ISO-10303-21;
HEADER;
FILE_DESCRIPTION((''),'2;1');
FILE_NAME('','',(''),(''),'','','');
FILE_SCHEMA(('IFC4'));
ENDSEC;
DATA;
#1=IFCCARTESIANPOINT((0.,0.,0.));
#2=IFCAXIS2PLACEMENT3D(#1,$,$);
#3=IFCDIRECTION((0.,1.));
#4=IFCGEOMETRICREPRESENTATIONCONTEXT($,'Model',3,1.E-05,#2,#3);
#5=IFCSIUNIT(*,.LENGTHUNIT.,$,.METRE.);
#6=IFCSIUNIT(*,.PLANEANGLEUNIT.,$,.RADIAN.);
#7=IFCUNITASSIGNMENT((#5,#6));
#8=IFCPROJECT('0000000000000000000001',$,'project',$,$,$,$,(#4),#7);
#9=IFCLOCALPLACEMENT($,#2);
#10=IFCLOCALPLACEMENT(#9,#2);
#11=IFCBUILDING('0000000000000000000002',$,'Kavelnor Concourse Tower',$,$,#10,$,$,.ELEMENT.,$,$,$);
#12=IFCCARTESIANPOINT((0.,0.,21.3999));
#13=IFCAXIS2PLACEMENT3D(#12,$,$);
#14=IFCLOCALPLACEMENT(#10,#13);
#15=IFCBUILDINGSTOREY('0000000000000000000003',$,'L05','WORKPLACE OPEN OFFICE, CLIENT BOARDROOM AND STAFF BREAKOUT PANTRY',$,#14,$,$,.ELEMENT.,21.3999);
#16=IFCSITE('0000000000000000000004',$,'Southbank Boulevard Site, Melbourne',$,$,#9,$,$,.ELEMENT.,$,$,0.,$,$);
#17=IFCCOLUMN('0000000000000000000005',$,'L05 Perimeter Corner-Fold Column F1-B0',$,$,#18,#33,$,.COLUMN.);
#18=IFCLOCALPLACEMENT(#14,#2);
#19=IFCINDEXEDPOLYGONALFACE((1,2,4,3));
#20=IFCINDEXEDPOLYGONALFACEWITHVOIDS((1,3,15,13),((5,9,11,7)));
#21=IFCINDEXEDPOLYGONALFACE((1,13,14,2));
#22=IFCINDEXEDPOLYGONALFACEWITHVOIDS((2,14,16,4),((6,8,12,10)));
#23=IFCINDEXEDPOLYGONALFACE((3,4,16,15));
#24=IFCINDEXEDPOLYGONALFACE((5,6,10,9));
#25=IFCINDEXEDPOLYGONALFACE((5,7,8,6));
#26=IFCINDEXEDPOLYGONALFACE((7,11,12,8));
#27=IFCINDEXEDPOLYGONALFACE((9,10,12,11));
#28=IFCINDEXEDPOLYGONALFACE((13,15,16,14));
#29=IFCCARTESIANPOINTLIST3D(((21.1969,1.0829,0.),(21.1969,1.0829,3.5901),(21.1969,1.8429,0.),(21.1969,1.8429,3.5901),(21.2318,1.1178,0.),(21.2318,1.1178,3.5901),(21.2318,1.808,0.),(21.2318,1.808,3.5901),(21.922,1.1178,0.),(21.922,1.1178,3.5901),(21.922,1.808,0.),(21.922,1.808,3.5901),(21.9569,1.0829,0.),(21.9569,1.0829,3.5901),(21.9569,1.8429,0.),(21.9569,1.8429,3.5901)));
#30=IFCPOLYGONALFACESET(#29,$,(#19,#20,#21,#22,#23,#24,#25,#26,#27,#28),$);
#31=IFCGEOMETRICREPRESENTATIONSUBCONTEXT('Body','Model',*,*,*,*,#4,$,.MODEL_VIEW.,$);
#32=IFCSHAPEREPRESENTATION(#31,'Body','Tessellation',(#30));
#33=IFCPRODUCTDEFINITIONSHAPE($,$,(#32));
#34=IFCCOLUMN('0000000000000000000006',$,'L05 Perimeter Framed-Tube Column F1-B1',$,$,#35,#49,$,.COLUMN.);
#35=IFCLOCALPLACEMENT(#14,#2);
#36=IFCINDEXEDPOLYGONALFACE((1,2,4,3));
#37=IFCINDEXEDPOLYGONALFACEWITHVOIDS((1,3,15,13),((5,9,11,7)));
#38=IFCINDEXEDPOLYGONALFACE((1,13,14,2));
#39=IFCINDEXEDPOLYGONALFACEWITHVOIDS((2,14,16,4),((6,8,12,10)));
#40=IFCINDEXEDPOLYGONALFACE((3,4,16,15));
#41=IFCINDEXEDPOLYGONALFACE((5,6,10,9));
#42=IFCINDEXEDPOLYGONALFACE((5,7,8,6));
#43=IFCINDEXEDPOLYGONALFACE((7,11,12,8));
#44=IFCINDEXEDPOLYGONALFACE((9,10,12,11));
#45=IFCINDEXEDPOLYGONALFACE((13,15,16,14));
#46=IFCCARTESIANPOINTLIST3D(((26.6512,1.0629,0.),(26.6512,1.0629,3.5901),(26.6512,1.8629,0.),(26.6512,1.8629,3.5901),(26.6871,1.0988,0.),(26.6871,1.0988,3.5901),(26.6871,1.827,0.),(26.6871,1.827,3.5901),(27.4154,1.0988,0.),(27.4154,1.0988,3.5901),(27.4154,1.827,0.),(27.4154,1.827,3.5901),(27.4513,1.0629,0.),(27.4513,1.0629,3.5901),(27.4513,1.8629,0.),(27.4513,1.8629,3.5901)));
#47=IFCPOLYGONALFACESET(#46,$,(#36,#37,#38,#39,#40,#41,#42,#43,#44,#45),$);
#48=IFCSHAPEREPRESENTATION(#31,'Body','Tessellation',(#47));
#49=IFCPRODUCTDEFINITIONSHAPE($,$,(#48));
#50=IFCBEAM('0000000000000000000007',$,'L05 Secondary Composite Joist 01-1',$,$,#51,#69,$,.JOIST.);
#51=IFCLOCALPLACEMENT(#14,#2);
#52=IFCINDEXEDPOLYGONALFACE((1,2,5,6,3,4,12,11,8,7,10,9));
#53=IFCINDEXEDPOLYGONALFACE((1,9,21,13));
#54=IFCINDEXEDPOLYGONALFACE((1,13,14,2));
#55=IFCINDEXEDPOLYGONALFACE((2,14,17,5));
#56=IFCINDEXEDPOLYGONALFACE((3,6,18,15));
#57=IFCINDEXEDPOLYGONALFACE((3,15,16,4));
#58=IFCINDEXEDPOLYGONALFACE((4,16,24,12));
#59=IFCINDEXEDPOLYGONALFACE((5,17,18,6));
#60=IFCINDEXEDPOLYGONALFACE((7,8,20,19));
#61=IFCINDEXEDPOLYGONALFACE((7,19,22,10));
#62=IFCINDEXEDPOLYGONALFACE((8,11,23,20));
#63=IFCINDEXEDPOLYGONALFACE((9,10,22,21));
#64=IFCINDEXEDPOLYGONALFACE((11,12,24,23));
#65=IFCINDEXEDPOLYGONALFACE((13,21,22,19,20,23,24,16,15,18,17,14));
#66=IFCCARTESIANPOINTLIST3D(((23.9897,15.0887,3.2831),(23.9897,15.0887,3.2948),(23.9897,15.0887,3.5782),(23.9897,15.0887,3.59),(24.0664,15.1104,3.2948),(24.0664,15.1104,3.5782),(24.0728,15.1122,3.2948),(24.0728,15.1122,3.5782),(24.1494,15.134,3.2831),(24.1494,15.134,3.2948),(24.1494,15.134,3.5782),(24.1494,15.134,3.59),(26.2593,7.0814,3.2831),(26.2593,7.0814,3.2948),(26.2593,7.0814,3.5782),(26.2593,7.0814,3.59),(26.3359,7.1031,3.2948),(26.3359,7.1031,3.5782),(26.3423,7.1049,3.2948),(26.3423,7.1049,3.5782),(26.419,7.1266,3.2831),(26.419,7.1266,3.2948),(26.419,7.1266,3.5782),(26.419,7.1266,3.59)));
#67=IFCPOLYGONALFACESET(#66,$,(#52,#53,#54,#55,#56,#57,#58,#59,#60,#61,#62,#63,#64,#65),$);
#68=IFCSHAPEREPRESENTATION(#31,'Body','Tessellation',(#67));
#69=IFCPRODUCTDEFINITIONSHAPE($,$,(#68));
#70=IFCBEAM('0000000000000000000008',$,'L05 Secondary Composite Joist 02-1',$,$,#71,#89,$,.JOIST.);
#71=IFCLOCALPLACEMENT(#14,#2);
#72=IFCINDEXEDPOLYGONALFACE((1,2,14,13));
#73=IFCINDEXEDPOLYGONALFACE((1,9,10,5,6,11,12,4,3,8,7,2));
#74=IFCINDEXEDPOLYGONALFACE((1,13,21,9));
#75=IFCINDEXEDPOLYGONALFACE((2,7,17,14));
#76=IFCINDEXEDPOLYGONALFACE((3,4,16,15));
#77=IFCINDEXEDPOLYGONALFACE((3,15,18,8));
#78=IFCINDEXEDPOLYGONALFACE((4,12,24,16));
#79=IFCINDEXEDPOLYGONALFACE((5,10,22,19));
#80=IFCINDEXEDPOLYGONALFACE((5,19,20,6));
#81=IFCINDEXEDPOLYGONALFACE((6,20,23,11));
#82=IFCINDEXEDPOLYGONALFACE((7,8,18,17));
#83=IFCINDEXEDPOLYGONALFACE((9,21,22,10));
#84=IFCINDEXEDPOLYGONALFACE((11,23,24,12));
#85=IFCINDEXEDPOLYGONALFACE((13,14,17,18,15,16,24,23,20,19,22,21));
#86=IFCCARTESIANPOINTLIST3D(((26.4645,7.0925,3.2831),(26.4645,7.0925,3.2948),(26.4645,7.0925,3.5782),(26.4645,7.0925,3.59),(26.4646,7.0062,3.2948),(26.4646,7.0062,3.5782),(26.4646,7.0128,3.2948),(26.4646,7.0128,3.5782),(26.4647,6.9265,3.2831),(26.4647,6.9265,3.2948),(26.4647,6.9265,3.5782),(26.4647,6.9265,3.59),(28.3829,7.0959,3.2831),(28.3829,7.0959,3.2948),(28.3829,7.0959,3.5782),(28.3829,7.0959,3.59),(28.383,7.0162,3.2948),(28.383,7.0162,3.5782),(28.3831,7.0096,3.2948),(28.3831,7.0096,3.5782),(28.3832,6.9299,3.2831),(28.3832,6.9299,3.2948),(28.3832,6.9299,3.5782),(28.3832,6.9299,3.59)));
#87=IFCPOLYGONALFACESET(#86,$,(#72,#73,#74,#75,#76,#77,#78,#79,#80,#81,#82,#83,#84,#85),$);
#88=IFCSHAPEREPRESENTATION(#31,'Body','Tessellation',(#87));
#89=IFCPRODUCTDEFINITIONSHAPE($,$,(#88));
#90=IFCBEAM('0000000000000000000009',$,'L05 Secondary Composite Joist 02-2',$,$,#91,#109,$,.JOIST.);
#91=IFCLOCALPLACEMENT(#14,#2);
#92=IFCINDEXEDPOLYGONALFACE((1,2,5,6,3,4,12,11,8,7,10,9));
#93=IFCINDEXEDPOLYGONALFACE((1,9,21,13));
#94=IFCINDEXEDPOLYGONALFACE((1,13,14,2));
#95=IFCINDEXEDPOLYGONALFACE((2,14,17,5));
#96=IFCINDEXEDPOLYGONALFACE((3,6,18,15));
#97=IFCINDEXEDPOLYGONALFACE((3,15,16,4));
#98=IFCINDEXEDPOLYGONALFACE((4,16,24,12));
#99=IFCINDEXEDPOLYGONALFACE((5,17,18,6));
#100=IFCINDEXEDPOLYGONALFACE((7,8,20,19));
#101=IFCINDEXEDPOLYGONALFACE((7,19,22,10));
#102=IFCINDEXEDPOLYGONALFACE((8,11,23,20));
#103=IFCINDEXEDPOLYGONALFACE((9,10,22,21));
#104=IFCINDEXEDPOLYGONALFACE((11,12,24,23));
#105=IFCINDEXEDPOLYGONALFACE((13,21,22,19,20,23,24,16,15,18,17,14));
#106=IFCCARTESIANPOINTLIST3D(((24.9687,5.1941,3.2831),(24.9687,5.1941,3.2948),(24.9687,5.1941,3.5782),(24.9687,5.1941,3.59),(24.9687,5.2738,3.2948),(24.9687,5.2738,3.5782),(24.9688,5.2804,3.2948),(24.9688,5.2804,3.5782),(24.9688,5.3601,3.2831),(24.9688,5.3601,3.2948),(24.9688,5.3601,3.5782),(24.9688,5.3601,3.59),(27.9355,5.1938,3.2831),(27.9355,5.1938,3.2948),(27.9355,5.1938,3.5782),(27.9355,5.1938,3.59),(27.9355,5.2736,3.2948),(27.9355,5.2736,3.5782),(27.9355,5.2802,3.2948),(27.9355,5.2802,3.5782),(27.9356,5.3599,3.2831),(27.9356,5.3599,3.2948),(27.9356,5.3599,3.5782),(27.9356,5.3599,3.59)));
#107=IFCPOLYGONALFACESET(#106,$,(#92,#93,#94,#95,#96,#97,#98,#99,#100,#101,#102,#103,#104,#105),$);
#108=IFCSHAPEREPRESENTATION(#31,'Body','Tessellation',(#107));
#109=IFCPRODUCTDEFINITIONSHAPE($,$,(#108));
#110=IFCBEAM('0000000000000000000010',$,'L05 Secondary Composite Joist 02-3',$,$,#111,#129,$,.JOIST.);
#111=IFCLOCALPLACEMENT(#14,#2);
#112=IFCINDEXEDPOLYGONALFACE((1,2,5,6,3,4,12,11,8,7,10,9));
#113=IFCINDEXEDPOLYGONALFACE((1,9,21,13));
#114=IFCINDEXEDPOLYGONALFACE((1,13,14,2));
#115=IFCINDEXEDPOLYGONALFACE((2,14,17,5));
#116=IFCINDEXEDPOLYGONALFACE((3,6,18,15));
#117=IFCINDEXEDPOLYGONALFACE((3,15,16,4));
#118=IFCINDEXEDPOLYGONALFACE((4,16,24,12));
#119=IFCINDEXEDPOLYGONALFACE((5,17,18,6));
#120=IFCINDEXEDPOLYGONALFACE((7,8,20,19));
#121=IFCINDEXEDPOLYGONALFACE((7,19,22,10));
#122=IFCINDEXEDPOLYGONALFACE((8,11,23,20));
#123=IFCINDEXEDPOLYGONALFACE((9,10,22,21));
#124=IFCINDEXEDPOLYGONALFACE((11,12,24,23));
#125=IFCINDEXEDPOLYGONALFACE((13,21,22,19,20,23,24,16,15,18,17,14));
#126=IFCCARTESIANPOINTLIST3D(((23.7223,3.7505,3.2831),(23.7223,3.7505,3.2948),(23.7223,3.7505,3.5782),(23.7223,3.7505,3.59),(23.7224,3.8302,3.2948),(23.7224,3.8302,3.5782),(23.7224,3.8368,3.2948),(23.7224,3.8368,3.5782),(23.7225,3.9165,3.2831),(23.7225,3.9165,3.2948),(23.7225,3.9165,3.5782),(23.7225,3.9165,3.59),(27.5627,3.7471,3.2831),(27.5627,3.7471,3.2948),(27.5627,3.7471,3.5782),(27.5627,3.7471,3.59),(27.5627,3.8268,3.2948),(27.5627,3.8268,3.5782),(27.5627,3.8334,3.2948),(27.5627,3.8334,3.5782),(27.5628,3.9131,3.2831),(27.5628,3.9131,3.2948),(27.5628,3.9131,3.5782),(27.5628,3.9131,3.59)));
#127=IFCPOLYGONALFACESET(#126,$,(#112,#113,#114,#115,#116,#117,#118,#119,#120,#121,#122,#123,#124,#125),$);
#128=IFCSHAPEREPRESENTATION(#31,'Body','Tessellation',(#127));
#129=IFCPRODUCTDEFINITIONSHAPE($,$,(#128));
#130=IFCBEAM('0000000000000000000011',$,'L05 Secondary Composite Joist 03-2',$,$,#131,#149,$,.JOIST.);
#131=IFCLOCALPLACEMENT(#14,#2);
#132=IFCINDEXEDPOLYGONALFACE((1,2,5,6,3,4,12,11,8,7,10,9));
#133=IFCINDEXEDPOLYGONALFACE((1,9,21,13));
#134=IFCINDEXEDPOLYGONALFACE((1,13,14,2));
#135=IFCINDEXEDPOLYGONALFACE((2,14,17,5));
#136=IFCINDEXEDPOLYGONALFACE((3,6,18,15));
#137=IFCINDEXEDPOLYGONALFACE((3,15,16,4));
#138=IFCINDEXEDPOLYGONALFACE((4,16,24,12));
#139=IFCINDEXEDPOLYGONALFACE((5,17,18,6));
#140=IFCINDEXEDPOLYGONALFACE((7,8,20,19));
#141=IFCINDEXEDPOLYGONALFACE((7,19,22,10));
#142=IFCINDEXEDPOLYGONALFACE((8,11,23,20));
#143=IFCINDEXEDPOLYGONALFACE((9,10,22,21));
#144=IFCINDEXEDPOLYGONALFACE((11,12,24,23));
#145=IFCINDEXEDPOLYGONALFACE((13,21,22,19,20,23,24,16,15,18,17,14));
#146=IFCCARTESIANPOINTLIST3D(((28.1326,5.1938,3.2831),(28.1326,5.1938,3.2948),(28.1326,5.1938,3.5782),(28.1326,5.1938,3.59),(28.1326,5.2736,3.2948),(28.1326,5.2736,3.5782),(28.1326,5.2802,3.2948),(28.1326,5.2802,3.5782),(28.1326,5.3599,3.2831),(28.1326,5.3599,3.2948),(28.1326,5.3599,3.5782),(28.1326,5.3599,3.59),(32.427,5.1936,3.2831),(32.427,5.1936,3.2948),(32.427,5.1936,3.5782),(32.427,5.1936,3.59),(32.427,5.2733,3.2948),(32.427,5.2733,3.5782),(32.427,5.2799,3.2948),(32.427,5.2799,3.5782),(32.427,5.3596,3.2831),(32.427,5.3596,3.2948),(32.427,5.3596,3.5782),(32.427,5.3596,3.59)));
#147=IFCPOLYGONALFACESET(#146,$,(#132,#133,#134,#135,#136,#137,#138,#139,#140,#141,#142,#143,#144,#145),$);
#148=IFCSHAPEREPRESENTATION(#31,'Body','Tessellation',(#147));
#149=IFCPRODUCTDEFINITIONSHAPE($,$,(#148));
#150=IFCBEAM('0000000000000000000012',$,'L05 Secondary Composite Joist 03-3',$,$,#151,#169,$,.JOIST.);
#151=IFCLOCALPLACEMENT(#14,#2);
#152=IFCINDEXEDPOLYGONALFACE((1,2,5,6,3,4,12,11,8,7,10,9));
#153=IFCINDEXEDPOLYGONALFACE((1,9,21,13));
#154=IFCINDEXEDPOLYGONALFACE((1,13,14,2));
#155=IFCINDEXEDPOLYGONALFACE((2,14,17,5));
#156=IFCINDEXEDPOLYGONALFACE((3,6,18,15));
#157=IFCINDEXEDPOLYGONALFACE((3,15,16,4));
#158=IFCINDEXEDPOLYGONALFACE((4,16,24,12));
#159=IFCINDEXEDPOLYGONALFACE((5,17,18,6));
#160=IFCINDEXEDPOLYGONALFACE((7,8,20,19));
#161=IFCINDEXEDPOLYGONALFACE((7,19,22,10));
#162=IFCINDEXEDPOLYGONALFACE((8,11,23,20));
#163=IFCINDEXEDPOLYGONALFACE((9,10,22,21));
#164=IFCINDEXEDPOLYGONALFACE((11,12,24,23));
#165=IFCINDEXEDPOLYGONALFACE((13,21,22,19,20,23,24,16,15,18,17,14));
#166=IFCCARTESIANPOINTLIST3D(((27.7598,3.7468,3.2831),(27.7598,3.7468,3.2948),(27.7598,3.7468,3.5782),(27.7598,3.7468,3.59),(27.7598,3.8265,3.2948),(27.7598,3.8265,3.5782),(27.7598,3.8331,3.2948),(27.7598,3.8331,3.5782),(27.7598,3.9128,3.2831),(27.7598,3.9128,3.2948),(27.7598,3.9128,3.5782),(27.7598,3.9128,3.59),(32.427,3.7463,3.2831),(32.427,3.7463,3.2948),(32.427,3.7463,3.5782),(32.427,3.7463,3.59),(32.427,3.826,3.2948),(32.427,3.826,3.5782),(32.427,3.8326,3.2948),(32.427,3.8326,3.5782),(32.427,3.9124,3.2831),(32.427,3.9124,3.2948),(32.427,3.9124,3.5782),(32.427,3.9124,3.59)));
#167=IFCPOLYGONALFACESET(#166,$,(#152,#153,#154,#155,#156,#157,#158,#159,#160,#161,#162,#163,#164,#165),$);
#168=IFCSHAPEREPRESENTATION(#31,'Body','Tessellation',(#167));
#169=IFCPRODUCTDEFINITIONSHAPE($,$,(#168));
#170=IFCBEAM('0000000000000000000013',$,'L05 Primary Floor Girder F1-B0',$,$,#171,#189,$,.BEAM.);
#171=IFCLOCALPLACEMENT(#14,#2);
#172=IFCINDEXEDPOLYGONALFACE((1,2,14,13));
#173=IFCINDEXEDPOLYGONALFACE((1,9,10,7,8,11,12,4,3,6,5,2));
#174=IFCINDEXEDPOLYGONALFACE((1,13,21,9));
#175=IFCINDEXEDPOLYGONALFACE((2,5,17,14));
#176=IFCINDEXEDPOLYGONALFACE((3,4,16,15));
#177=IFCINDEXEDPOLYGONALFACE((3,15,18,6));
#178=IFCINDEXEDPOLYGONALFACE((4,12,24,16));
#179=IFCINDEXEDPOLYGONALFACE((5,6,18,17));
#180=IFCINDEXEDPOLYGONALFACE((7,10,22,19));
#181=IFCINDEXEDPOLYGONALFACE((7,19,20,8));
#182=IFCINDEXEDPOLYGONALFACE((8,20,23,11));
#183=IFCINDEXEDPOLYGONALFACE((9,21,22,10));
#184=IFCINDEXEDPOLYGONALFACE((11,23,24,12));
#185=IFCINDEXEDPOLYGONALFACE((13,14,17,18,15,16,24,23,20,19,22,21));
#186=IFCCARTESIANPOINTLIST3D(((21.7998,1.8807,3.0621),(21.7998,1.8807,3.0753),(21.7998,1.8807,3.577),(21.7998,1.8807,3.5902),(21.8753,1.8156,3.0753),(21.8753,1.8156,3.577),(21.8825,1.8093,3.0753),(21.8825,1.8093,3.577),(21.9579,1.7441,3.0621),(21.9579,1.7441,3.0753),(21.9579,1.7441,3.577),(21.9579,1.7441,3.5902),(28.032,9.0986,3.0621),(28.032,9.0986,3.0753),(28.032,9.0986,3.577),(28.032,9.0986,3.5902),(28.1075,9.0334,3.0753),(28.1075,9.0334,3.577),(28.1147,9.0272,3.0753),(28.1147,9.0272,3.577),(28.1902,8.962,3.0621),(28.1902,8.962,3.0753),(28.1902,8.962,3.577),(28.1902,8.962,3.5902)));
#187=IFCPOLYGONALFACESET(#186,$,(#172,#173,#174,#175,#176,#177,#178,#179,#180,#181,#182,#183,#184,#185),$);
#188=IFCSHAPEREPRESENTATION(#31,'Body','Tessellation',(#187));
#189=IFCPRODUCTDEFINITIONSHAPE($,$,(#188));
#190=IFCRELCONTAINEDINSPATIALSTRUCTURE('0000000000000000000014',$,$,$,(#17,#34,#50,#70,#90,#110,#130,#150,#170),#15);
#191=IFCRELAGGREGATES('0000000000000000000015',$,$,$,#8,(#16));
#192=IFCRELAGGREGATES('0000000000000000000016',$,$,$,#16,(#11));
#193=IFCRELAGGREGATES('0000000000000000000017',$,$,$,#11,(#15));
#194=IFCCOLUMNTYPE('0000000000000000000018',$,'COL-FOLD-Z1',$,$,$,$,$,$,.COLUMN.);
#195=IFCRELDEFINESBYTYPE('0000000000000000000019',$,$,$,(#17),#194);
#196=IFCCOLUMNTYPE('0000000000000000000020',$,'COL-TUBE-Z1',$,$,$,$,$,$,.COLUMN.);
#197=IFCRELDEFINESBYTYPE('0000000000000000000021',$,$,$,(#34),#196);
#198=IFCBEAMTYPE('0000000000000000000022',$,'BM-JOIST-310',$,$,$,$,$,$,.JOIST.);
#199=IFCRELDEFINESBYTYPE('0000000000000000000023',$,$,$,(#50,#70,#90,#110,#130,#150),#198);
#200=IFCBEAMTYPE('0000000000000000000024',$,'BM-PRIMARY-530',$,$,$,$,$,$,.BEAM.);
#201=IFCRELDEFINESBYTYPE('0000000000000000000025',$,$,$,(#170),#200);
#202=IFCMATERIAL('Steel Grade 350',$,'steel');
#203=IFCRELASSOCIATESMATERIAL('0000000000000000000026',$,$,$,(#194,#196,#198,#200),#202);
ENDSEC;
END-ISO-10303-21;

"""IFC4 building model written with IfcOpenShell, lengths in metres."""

from ifc_helpers import new_model, si_unit, direction, frame, origin, origin_2d, place, context, subcontext, project, spatial, hollow_rectangle, i_section, extrude, material, material_profile, profile_set, type_object, element, save


model = new_model("IFC4")

# Units and contexts
model_context = context("Model", 3, precision=1e-05, world=origin(), true_north=direction((0.0, 1.0)))
body_context = subcontext(model_context, "Body", "Model", "MODEL_VIEW")
ifc_project = project(units=[si_unit("LENGTHUNIT", "METRE"), si_unit("PLANEANGLEUNIT", "RADIAN")], contexts=[model_context])

# Site, building, storey
site_placement = place(None, origin())
site = spatial("IfcSite", under=ifc_project, at=site_placement, Name="Southbank Boulevard Site, Melbourne", CompositionType="ELEMENT", RefElevation=0.0)
building_placement = place(site_placement, origin())
building = spatial("IfcBuilding", under=site, at=building_placement, Name="Kavelnor Concourse Tower", CompositionType="ELEMENT")
storey_placement = place(building_placement, frame((0.0, 0.0, 21.3999)))
storey = spatial("IfcBuildingStorey", under=building, at=storey_placement, Name="L05", Description="WORKPLACE OPEN OFFICE, CLIENT BOARDROOM AND STAFF BREAKOUT PANTRY", CompositionType="ELEMENT", Elevation=21.3999)

# Columns
ifc_material_1 = material(Name="Steel Grade 350", Category="steel")
ifc_material_profile_1 = material_profile(ifc_material_1, hollow_rectangle(XDim=0.76, YDim=0.76, WallThickness=0.0349, at=origin_2d()), Name="SHS 760x760x35")
ifc_profile_set_1 = profile_set([ifc_material_profile_1], Name="Steel Grade 350")
column_type_1 = type_object("IfcColumnType", Name="COL-FOLD-Z1", PredefinedType="COLUMN", material=ifc_profile_set_1)
column_1_placement = place(storey_placement, frame((21.5769, 1.4629, 0.0), z_axis=(0.0, 0.0, 1.0), x_axis=(1.0, 0.0, 0.0)))
element("IfcColumn", 1, at=column_1_placement, inside=storey, type_object=column_type_1, Name="L05 Perimeter Corner-Fold Column F1-B0", PredefinedType="COLUMN", context=body_context, shape_type="SweptSolid", body=[
    extrude(hollow_rectangle(XDim=0.76, YDim=0.76, WallThickness=0.0349, at=origin_2d()), origin(), (0.0, 0.0, 1.0), 3.5901),
])
ifc_material_profile_2 = material_profile(ifc_material_1, hollow_rectangle(XDim=0.8, YDim=0.8, WallThickness=0.0359, at=origin_2d()), Name="SHS 800x800x36")
ifc_profile_set_2 = profile_set([ifc_material_profile_2], Name="Steel Grade 350")
column_type_2 = type_object("IfcColumnType", Name="COL-TUBE-Z1", PredefinedType="COLUMN", material=ifc_profile_set_2)
column_2_placement = place(storey_placement, frame((27.0513, 1.4629, 0.0), z_axis=(0.0, 0.0, 1.0), x_axis=(1.0, 0.0, 0.0)))
element("IfcColumn", 2, at=column_2_placement, inside=storey, type_object=column_type_2, Name="L05 Perimeter Framed-Tube Column F1-B1", PredefinedType="COLUMN", context=body_context, shape_type="SweptSolid", body=[
    extrude(hollow_rectangle(XDim=0.8, YDim=0.8, WallThickness=0.0359, at=origin_2d()), origin(), (0.0, 0.0, 1.0), 3.5901),
])

# Beams
ifc_material_profile_3 = material_profile(ifc_material_1, i_section(OverallWidth=0.166, OverallDepth=0.3069, WebThickness=0.0066, FlangeThickness=0.0117, at=origin_2d()), Name="310UB46")
ifc_profile_set_3 = profile_set([ifc_material_profile_3], Name="Steel Grade 350")
beam_type_1 = type_object("IfcBeamType", Name="BM-JOIST-310", PredefinedType="JOIST", material=ifc_profile_set_3)
beam_1_placement = place(storey_placement, frame((24.0696, 15.1113, 3.4365), z_axis=(0.27269, -0.962102, 0.0), x_axis=(0.962102, 0.27269, 0.0)))
element("IfcBeam", 3, at=beam_1_placement, inside=storey, type_object=beam_type_1, Name="L05 Secondary Composite Joist 01-1", PredefinedType="JOIST", context=body_context, shape_type="SweptSolid", body=[
    extrude(i_section(OverallWidth=0.166, OverallDepth=0.3069, WebThickness=0.0066, FlangeThickness=0.0117, at=origin_2d()), origin(), (0.0, 0.0, 1.0), 8.3228),
])
beam_2_placement = place(storey_placement, frame((26.4646, 7.0095, 3.4365), z_axis=(0.999998, 0.001782, 0.0), x_axis=(-0.001782, 0.999998, 0.0)))
element("IfcBeam", 4, at=beam_2_placement, inside=storey, type_object=beam_type_1, Name="L05 Secondary Composite Joist 02-1", PredefinedType="JOIST", context=body_context, shape_type="SweptSolid", body=[
    extrude(i_section(OverallWidth=0.166, OverallDepth=0.3069, WebThickness=0.0066, FlangeThickness=0.0117, at=origin_2d()), origin(), (0.0, 0.0, 1.0), 1.9185),
])
beam_3_placement = place(storey_placement, frame((24.9688, 5.2771, 3.4365), z_axis=(1.0, -0.000082, 0.0), x_axis=(0.000082, 1.0, 0.0)))
element("IfcBeam", 5, at=beam_3_placement, inside=storey, type_object=beam_type_1, Name="L05 Secondary Composite Joist 02-2", PredefinedType="JOIST", context=body_context, shape_type="SweptSolid", body=[
    extrude(i_section(OverallWidth=0.166, OverallDepth=0.3069, WebThickness=0.0066, FlangeThickness=0.0117, at=origin_2d()), origin(), (0.0, 0.0, 1.0), 2.9668),
])
beam_4_placement = place(storey_placement, frame((23.7224, 3.8335, 3.4365), z_axis=(1.0, -0.00089, 0.0), x_axis=(0.00089, 1.0, 0.0)))
element("IfcBeam", 6, at=beam_4_placement, inside=storey, type_object=beam_type_1, Name="L05 Secondary Composite Joist 02-3", PredefinedType="JOIST", context=body_context, shape_type="SweptSolid", body=[
    extrude(i_section(OverallWidth=0.166, OverallDepth=0.3069, WebThickness=0.0066, FlangeThickness=0.0117, at=origin_2d()), origin(), (0.0, 0.0, 1.0), 3.8403),
])
beam_5_placement = place(storey_placement, frame((28.1326, 5.2769, 3.4365), z_axis=(1.0, -0.000057, 0.0), x_axis=(0.000057, 1.0, 0.0)))
element("IfcBeam", 7, at=beam_5_placement, inside=storey, type_object=beam_type_1, Name="L05 Secondary Composite Joist 03-2", PredefinedType="JOIST", context=body_context, shape_type="SweptSolid", body=[
    extrude(i_section(OverallWidth=0.166, OverallDepth=0.3069, WebThickness=0.0066, FlangeThickness=0.0117, at=origin_2d()), origin(), (0.0, 0.0, 1.0), 4.2944),
])
beam_6_placement = place(storey_placement, frame((27.7598, 3.8298, 3.4365), z_axis=(1.0, -0.000105, 0.0), x_axis=(0.000105, 1.0, 0.0)))
element("IfcBeam", 8, at=beam_6_placement, inside=storey, type_object=beam_type_1, Name="L05 Secondary Composite Joist 03-3", PredefinedType="JOIST", context=body_context, shape_type="SweptSolid", body=[
    extrude(i_section(OverallWidth=0.166, OverallDepth=0.3069, WebThickness=0.0066, FlangeThickness=0.0117, at=origin_2d()), origin(), (0.0, 0.0, 1.0), 4.6672),
])
ifc_material_profile_4 = material_profile(ifc_material_1, i_section(OverallWidth=0.209, OverallDepth=0.5281, WebThickness=0.0095, FlangeThickness=0.0132, at=origin_2d()), Name="530UB82")
ifc_profile_set_4 = profile_set([ifc_material_profile_4], Name="Steel Grade 350")
beam_type_2 = type_object("IfcBeamType", Name="BM-PRIMARY-530", PredefinedType="BEAM", material=ifc_profile_set_4)
beam_7_placement = place(storey_placement, frame((28.1111, 9.0303, 3.3262), z_axis=(-0.653539, -0.756893, 0.0), x_axis=(0.756893, -0.653539, 0.0)))
element("IfcBeam", 9, at=beam_7_placement, inside=storey, type_object=beam_type_2, Name="L05 Primary Floor Girder F1-B0", PredefinedType="BEAM", context=body_context, shape_type="SweptSolid", body=[
    extrude(i_section(OverallWidth=0.209, OverallDepth=0.5281, WebThickness=0.0095, FlangeThickness=0.0132, at=origin_2d()), origin(), (0.0, 0.0, 1.0), 9.5361),
])

save(model, "model.ifc")
